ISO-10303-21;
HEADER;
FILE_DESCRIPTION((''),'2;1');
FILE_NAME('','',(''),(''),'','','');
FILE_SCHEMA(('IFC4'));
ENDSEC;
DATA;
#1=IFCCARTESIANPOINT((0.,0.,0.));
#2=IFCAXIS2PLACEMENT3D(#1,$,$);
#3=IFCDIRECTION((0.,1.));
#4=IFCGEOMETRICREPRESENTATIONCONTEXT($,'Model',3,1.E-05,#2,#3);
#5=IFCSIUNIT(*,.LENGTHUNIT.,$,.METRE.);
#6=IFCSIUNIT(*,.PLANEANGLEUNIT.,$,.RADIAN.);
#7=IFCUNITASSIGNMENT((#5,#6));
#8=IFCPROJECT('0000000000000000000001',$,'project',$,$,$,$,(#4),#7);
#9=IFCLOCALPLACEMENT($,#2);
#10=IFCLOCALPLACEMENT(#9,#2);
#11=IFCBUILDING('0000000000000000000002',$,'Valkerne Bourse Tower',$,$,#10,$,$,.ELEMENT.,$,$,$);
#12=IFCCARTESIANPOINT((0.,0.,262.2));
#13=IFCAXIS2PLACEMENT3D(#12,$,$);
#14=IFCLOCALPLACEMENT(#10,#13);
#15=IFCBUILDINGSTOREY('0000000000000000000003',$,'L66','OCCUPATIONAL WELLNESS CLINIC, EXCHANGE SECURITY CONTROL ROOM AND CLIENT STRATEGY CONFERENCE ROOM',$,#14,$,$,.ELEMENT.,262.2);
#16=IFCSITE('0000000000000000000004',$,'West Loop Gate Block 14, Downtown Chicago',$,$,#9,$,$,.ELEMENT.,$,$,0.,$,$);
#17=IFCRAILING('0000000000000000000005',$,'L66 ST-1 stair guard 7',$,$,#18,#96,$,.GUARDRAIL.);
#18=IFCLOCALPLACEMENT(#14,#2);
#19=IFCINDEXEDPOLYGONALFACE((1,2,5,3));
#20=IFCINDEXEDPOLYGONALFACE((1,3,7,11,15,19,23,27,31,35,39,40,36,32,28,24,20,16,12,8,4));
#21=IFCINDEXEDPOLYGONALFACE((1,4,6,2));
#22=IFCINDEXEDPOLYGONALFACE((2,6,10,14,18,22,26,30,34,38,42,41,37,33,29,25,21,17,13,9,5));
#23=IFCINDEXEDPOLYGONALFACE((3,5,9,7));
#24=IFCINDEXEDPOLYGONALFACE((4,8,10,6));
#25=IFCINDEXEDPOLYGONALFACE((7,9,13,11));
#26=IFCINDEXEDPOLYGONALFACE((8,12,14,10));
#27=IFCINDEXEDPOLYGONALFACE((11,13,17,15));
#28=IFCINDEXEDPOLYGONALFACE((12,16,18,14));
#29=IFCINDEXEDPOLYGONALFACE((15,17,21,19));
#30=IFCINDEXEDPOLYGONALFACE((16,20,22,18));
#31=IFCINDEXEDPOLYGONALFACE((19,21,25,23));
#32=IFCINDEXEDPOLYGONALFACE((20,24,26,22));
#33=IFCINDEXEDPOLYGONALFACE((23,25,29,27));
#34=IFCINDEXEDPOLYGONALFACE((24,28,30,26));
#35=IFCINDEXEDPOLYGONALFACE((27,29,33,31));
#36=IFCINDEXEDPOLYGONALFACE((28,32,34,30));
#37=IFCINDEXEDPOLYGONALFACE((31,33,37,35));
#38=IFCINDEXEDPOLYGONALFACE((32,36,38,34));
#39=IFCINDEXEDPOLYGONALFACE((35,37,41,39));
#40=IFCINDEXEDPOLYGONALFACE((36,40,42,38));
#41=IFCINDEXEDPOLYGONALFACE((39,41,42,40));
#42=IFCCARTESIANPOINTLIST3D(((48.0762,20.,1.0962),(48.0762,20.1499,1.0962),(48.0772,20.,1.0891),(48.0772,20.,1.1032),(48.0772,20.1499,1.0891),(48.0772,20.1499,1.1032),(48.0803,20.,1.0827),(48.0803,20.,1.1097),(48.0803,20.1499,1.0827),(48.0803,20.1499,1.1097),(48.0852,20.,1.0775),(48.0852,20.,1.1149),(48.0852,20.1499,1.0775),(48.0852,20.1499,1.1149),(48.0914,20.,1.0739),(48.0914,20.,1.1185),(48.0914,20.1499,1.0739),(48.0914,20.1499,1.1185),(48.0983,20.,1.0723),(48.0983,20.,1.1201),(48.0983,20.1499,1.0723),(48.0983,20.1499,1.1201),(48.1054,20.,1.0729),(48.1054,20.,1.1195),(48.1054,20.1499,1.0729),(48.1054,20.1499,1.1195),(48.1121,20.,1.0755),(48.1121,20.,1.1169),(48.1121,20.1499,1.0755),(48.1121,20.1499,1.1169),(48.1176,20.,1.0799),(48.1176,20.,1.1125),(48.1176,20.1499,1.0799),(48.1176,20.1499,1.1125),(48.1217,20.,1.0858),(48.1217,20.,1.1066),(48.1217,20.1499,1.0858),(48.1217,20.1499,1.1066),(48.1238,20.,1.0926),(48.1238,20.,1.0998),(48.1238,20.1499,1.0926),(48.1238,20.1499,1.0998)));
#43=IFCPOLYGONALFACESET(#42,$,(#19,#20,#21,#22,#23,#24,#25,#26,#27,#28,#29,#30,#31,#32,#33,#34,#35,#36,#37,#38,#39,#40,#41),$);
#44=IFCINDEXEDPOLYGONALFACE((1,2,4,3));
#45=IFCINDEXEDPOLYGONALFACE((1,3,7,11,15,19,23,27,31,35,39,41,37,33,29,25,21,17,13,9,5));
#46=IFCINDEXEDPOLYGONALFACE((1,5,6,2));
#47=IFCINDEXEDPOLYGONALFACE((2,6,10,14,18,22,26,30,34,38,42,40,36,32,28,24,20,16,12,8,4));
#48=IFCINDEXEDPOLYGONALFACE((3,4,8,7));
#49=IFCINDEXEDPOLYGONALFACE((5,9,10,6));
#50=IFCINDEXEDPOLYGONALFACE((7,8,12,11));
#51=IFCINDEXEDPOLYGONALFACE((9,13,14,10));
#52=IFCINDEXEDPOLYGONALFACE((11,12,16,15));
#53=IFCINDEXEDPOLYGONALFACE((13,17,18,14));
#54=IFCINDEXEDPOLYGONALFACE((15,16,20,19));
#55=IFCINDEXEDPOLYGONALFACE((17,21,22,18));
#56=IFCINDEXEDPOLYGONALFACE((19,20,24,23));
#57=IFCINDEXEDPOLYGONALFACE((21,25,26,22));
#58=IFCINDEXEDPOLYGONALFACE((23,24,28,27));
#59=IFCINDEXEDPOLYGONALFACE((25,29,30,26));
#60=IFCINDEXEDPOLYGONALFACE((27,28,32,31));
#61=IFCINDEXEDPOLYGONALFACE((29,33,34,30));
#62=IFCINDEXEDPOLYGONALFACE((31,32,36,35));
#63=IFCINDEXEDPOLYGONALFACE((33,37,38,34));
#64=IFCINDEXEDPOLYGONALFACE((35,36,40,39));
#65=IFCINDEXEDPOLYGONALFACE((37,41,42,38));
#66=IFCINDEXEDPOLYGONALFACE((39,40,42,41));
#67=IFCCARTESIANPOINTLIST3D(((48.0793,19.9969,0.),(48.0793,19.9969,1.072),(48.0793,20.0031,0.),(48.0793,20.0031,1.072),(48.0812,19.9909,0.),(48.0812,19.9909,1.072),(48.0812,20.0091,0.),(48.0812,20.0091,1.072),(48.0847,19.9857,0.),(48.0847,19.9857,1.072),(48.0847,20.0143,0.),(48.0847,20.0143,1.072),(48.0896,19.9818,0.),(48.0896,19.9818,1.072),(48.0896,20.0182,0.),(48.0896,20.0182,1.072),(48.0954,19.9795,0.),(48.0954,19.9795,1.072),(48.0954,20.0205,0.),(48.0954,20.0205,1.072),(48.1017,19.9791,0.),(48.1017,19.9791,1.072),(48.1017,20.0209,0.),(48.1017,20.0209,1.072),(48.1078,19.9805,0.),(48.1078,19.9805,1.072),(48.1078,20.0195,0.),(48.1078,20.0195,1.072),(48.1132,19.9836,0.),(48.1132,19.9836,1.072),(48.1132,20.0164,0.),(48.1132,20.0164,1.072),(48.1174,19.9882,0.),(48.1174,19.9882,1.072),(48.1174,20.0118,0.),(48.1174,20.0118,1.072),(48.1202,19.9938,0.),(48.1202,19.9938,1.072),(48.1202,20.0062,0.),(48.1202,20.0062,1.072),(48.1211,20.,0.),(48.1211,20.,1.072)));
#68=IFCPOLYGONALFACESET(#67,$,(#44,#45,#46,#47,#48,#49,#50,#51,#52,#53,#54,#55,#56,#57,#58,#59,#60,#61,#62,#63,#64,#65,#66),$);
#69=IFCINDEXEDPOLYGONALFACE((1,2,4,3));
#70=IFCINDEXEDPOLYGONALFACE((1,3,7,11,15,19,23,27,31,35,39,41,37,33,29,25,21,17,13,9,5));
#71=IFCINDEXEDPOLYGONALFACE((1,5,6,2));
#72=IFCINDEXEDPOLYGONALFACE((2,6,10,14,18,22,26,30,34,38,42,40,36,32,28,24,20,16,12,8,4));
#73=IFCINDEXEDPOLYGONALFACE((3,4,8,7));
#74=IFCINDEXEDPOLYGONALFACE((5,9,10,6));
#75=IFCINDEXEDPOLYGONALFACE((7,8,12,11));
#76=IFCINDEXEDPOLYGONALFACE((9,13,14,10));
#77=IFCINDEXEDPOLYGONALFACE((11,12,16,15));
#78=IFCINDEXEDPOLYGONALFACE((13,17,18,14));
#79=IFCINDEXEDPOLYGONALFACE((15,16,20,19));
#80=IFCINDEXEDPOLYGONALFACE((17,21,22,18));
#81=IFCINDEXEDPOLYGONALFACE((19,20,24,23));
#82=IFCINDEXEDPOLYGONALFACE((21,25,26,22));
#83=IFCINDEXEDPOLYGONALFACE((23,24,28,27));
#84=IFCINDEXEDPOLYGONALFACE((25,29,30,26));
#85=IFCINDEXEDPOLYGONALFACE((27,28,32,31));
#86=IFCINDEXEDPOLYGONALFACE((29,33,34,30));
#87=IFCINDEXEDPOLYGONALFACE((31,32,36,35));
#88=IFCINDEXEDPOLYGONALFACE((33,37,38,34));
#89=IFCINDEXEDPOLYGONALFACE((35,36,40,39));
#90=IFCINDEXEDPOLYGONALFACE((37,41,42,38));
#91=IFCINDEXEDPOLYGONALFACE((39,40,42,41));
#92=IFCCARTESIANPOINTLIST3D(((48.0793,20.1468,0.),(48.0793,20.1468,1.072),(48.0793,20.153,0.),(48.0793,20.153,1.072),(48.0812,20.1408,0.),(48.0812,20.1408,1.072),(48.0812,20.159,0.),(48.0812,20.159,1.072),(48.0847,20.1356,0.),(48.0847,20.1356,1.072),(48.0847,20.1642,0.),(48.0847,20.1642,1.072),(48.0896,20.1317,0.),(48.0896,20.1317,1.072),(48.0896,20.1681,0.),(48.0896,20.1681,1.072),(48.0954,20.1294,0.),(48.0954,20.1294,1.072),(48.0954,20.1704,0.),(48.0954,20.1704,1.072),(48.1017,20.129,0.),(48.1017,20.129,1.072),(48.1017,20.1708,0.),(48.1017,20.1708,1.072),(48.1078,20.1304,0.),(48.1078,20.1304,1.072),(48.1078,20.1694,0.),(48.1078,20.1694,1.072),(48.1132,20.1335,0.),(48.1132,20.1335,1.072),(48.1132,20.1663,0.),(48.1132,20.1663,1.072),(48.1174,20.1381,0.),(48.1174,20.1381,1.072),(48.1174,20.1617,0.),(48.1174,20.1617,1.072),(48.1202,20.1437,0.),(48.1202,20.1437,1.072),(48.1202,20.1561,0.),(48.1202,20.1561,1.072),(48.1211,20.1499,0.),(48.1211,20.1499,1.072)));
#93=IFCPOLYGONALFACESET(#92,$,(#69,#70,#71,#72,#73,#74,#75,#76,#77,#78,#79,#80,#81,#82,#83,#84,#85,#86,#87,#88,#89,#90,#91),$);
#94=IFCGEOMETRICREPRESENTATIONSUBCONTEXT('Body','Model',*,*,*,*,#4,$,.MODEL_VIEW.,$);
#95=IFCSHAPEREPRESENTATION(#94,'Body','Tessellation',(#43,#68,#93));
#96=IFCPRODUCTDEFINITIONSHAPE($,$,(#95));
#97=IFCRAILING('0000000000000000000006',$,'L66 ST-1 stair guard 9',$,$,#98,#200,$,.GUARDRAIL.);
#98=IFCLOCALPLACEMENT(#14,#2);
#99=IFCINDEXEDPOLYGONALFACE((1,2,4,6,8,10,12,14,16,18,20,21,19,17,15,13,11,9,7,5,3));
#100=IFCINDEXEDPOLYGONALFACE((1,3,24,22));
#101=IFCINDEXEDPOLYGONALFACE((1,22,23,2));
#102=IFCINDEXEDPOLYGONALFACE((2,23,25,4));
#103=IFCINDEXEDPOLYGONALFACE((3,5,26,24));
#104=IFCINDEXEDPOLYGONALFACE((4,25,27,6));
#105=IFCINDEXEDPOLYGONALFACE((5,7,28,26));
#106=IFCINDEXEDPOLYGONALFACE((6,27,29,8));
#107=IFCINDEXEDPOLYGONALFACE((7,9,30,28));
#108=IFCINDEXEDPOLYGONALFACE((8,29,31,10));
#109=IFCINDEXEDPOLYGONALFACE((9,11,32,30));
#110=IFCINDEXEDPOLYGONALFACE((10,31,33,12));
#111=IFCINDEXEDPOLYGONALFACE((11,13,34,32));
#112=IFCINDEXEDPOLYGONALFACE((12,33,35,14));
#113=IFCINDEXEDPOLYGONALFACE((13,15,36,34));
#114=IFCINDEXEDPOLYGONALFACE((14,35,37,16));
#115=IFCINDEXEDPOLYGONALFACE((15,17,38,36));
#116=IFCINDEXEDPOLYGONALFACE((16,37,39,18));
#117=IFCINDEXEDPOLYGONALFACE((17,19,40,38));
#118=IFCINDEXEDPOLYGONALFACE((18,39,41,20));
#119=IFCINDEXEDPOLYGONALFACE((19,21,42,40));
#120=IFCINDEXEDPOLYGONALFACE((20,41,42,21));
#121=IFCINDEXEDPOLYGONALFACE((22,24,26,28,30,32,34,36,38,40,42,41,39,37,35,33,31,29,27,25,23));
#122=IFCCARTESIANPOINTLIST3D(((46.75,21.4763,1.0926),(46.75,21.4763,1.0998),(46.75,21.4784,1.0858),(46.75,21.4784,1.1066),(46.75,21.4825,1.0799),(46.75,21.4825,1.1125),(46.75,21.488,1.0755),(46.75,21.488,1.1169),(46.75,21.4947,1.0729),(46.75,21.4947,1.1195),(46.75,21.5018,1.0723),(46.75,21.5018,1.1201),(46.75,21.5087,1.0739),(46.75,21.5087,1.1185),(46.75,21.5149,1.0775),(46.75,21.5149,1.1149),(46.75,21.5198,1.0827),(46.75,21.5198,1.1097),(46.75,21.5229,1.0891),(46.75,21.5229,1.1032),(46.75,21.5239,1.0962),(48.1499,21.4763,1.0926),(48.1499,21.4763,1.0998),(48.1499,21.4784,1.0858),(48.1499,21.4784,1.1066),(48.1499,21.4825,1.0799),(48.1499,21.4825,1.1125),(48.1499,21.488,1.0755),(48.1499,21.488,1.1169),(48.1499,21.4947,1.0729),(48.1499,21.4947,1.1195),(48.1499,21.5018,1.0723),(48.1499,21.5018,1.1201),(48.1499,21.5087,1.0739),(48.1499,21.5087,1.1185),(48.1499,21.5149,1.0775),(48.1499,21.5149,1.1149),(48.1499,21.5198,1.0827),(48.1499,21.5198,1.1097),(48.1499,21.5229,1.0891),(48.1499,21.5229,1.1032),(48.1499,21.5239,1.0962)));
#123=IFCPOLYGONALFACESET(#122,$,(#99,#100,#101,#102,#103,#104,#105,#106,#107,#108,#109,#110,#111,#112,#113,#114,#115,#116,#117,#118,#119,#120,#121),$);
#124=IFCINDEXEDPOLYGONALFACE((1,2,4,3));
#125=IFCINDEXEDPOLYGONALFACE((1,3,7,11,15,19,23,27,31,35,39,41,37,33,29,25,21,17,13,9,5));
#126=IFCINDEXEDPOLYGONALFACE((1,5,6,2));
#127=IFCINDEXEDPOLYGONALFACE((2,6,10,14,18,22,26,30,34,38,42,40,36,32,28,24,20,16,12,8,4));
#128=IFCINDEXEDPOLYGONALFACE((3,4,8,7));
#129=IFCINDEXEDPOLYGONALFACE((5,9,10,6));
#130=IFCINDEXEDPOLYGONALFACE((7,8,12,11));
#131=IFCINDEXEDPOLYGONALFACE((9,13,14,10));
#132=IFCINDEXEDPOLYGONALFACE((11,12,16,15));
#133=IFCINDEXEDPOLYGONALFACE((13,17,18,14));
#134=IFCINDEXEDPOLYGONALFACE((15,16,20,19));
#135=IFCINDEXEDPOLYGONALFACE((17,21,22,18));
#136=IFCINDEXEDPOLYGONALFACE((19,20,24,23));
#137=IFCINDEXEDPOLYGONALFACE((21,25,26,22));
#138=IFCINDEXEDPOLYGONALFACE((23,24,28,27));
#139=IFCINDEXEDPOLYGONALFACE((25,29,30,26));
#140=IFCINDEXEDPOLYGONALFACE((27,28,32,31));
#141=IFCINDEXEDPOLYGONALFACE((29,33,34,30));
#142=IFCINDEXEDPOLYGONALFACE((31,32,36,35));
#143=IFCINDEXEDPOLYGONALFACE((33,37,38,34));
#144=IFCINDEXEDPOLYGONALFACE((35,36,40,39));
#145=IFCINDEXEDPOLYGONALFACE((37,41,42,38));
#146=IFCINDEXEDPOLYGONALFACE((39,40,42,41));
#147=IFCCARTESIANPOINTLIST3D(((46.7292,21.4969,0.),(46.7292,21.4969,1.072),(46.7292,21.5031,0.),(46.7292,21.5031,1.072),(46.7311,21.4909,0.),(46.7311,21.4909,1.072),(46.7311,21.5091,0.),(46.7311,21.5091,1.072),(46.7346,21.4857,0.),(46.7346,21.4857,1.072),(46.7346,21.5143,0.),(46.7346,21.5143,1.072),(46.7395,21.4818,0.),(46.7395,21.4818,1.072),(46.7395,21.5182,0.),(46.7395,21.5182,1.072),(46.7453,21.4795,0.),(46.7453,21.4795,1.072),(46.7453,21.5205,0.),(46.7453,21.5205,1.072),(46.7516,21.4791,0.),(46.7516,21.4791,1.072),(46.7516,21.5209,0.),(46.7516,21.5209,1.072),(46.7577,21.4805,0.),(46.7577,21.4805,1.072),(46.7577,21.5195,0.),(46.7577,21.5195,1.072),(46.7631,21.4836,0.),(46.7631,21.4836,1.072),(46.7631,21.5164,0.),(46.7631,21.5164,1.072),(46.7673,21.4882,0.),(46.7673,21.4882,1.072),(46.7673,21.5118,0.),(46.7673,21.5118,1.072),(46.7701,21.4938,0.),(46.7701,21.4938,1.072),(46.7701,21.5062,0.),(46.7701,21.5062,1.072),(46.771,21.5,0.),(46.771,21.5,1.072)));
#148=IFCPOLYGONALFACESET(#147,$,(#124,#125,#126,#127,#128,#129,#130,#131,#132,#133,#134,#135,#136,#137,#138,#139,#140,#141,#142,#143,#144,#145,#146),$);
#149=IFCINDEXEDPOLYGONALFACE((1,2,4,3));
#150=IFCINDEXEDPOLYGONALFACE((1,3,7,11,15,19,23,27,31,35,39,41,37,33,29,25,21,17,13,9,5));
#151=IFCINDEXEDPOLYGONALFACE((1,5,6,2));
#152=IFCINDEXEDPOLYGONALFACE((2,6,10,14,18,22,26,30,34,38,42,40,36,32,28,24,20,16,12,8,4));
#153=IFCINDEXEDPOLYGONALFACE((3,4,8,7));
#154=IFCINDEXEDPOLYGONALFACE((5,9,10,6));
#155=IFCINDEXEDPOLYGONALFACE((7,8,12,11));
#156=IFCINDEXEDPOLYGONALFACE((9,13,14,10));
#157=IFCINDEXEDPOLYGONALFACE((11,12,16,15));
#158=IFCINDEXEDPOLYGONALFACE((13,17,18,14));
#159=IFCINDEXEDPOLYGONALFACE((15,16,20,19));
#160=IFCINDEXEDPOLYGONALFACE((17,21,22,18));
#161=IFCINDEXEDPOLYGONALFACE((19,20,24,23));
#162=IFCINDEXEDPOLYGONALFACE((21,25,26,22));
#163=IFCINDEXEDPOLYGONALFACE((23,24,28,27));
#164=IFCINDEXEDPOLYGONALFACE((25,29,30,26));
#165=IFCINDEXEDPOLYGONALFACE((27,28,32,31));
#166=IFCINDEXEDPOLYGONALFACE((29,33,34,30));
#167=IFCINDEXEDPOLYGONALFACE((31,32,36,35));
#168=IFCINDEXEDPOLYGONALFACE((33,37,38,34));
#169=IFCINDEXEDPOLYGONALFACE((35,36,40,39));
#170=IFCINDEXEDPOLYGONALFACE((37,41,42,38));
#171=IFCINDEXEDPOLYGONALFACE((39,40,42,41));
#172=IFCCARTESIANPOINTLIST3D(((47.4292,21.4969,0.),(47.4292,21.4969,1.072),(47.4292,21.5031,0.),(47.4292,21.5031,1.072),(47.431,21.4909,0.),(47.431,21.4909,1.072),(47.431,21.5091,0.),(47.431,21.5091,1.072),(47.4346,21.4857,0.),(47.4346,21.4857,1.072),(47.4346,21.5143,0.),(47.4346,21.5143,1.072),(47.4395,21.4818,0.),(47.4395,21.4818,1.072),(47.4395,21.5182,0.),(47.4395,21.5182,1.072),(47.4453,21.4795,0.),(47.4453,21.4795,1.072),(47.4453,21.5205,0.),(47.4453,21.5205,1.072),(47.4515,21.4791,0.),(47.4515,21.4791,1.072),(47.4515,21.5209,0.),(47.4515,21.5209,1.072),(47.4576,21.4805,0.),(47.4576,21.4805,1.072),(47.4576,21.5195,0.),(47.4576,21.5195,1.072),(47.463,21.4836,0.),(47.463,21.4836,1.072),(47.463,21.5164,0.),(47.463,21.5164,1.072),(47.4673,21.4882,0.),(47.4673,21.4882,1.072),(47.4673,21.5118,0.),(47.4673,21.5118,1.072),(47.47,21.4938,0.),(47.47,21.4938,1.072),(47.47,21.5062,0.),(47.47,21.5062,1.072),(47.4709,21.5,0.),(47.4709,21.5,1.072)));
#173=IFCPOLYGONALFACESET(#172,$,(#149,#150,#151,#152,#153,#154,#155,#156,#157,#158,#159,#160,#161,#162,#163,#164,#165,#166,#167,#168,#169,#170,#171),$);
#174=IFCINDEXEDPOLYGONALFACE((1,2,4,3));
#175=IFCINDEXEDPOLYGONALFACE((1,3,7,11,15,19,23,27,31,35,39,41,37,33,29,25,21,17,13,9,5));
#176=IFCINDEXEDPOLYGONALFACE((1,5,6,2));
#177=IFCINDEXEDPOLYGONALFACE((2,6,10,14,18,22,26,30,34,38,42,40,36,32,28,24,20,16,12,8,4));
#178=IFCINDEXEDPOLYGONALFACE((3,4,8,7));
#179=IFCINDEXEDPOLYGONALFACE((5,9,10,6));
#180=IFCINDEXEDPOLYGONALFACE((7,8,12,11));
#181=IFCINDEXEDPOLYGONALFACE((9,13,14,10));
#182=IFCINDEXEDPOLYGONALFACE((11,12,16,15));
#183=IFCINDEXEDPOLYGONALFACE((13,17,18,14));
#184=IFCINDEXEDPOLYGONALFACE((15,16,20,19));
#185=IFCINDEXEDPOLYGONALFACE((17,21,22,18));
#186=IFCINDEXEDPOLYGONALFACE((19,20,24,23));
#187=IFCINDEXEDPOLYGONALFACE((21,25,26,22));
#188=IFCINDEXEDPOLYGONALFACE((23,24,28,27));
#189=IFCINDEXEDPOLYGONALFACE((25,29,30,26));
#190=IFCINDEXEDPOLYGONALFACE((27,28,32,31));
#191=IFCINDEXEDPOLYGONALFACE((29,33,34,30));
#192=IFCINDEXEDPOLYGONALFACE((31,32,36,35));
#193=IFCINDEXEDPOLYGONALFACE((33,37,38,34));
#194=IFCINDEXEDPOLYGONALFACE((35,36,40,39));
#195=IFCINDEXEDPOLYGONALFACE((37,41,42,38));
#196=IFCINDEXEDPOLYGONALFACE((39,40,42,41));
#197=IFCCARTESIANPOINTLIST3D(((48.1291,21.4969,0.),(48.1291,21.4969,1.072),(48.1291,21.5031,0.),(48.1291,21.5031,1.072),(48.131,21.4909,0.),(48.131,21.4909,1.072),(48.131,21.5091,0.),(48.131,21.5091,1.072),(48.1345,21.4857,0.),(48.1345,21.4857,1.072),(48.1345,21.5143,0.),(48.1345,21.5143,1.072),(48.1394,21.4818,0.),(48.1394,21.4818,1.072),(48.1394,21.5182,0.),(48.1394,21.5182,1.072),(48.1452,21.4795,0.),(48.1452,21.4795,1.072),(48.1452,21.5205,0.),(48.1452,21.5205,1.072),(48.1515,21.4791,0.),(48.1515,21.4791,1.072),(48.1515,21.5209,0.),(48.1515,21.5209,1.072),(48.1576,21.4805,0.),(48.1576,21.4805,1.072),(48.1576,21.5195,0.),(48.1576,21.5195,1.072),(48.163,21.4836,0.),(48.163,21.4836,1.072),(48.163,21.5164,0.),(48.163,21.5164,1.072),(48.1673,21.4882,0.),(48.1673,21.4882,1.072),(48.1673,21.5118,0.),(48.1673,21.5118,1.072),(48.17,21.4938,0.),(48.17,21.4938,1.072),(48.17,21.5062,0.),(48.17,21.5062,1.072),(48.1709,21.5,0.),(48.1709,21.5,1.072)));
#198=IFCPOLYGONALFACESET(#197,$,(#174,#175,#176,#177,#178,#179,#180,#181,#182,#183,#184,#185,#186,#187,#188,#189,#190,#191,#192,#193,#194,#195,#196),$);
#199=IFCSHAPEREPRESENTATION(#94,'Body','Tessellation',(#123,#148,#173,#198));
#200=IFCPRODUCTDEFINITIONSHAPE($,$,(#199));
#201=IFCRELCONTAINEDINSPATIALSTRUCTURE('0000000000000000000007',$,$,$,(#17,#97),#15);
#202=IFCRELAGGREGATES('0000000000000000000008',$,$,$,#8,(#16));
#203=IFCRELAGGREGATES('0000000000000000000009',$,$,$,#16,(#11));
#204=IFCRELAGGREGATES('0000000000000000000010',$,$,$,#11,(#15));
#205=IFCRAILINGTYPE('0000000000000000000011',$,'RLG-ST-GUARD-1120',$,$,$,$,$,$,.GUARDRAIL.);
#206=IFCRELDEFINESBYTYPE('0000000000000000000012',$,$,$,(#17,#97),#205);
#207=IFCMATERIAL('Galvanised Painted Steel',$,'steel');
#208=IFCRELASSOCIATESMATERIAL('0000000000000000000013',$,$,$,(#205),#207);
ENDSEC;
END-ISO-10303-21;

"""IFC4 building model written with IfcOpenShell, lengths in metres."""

from ifc_helpers import new_model, si_unit, direction, frame, origin, origin_2d, place, context, subcontext, project, spatial, circle, extrude, material, type_object, element, save


model = new_model("IFC4")

# Units and contexts
model_context = context("Model", 3, precision=1e-05, world=origin(), true_north=direction((0.0, 1.0)))
body_context = subcontext(model_context, "Body", "Model", "MODEL_VIEW")
ifc_project = project(units=[si_unit("LENGTHUNIT", "METRE"), si_unit("PLANEANGLEUNIT", "RADIAN")], contexts=[model_context])

# Site, building, storey
site_placement = place(None, origin())
site = spatial("IfcSite", under=ifc_project, at=site_placement, Name="West Loop Gate Block 14, Downtown Chicago", CompositionType="ELEMENT", RefElevation=0.0)
building_placement = place(site_placement, origin())
building = spatial("IfcBuilding", under=site, at=building_placement, Name="Valkerne Bourse Tower", CompositionType="ELEMENT")
storey_placement = place(building_placement, frame((0.0, 0.0, 262.2)))
storey = spatial("IfcBuildingStorey", under=building, at=storey_placement, Name="L66", Description="OCCUPATIONAL WELLNESS CLINIC, EXCHANGE SECURITY CONTROL ROOM AND CLIENT STRATEGY CONFERENCE ROOM", CompositionType="ELEMENT", Elevation=262.2)

# Shared definitions
ifc_material_1 = material(Name="Galvanised Painted Steel", Category="steel")

# Railings
railing_type_1 = type_object("IfcRailingType", Name="RLG-ST-GUARD-1120", PredefinedType="GUARDRAIL", material=ifc_material_1)
railing_1_placement = place(storey_placement, frame((48.1001, 20.0, 0.0)))
element("IfcRailing", 1, at=railing_1_placement, inside=storey, type_object=railing_type_1, Name="L66 ST-1 stair guard 7", PredefinedType="GUARDRAIL", context=body_context, shape_type="SweptSolid", body=[
    extrude(circle(Radius=0.0239, at=origin_2d()), frame((0.0, 0.0, 1.0962), z_axis=(0.0, 1.0, 0.0), x_axis=(-1.0, 0.0, 0.0)), (0.0, 0.0, 1.0), 0.1499),
    extrude(circle(Radius=0.021, at=origin_2d()), origin(), (0.0, 0.0, 1.0), 1.072),
    extrude(circle(Radius=0.021, at=origin_2d()), frame((0.0, 0.1499, 0.0)), (0.0, 0.0, 1.0), 1.072),
])
railing_2_placement = place(storey_placement, frame((46.75, 21.5, 0.0)))
element("IfcRailing", 2, at=railing_2_placement, inside=storey, type_object=railing_type_1, Name="L66 ST-1 stair guard 9", PredefinedType="GUARDRAIL", context=body_context, shape_type="SweptSolid", body=[
    extrude(circle(Radius=0.0239, at=origin_2d()), frame((0.0, 0.0, 1.0962), z_axis=(1.0, 0.0, 0.0), x_axis=(0.0, 1.0, 0.0)), (0.0, 0.0, 1.0), 1.3999),
    extrude(circle(Radius=0.021, at=origin_2d()), origin(), (0.0, 0.0, 1.0), 1.072),
    extrude(circle(Radius=0.021, at=origin_2d()), frame((0.7, 0.0, 0.0)), (0.0, 0.0, 1.0), 1.072),
    extrude(circle(Radius=0.021, at=origin_2d()), frame((1.3999, 0.0, 0.0)), (0.0, 0.0, 1.0), 1.072),
])

save(model, "model.ifc")
